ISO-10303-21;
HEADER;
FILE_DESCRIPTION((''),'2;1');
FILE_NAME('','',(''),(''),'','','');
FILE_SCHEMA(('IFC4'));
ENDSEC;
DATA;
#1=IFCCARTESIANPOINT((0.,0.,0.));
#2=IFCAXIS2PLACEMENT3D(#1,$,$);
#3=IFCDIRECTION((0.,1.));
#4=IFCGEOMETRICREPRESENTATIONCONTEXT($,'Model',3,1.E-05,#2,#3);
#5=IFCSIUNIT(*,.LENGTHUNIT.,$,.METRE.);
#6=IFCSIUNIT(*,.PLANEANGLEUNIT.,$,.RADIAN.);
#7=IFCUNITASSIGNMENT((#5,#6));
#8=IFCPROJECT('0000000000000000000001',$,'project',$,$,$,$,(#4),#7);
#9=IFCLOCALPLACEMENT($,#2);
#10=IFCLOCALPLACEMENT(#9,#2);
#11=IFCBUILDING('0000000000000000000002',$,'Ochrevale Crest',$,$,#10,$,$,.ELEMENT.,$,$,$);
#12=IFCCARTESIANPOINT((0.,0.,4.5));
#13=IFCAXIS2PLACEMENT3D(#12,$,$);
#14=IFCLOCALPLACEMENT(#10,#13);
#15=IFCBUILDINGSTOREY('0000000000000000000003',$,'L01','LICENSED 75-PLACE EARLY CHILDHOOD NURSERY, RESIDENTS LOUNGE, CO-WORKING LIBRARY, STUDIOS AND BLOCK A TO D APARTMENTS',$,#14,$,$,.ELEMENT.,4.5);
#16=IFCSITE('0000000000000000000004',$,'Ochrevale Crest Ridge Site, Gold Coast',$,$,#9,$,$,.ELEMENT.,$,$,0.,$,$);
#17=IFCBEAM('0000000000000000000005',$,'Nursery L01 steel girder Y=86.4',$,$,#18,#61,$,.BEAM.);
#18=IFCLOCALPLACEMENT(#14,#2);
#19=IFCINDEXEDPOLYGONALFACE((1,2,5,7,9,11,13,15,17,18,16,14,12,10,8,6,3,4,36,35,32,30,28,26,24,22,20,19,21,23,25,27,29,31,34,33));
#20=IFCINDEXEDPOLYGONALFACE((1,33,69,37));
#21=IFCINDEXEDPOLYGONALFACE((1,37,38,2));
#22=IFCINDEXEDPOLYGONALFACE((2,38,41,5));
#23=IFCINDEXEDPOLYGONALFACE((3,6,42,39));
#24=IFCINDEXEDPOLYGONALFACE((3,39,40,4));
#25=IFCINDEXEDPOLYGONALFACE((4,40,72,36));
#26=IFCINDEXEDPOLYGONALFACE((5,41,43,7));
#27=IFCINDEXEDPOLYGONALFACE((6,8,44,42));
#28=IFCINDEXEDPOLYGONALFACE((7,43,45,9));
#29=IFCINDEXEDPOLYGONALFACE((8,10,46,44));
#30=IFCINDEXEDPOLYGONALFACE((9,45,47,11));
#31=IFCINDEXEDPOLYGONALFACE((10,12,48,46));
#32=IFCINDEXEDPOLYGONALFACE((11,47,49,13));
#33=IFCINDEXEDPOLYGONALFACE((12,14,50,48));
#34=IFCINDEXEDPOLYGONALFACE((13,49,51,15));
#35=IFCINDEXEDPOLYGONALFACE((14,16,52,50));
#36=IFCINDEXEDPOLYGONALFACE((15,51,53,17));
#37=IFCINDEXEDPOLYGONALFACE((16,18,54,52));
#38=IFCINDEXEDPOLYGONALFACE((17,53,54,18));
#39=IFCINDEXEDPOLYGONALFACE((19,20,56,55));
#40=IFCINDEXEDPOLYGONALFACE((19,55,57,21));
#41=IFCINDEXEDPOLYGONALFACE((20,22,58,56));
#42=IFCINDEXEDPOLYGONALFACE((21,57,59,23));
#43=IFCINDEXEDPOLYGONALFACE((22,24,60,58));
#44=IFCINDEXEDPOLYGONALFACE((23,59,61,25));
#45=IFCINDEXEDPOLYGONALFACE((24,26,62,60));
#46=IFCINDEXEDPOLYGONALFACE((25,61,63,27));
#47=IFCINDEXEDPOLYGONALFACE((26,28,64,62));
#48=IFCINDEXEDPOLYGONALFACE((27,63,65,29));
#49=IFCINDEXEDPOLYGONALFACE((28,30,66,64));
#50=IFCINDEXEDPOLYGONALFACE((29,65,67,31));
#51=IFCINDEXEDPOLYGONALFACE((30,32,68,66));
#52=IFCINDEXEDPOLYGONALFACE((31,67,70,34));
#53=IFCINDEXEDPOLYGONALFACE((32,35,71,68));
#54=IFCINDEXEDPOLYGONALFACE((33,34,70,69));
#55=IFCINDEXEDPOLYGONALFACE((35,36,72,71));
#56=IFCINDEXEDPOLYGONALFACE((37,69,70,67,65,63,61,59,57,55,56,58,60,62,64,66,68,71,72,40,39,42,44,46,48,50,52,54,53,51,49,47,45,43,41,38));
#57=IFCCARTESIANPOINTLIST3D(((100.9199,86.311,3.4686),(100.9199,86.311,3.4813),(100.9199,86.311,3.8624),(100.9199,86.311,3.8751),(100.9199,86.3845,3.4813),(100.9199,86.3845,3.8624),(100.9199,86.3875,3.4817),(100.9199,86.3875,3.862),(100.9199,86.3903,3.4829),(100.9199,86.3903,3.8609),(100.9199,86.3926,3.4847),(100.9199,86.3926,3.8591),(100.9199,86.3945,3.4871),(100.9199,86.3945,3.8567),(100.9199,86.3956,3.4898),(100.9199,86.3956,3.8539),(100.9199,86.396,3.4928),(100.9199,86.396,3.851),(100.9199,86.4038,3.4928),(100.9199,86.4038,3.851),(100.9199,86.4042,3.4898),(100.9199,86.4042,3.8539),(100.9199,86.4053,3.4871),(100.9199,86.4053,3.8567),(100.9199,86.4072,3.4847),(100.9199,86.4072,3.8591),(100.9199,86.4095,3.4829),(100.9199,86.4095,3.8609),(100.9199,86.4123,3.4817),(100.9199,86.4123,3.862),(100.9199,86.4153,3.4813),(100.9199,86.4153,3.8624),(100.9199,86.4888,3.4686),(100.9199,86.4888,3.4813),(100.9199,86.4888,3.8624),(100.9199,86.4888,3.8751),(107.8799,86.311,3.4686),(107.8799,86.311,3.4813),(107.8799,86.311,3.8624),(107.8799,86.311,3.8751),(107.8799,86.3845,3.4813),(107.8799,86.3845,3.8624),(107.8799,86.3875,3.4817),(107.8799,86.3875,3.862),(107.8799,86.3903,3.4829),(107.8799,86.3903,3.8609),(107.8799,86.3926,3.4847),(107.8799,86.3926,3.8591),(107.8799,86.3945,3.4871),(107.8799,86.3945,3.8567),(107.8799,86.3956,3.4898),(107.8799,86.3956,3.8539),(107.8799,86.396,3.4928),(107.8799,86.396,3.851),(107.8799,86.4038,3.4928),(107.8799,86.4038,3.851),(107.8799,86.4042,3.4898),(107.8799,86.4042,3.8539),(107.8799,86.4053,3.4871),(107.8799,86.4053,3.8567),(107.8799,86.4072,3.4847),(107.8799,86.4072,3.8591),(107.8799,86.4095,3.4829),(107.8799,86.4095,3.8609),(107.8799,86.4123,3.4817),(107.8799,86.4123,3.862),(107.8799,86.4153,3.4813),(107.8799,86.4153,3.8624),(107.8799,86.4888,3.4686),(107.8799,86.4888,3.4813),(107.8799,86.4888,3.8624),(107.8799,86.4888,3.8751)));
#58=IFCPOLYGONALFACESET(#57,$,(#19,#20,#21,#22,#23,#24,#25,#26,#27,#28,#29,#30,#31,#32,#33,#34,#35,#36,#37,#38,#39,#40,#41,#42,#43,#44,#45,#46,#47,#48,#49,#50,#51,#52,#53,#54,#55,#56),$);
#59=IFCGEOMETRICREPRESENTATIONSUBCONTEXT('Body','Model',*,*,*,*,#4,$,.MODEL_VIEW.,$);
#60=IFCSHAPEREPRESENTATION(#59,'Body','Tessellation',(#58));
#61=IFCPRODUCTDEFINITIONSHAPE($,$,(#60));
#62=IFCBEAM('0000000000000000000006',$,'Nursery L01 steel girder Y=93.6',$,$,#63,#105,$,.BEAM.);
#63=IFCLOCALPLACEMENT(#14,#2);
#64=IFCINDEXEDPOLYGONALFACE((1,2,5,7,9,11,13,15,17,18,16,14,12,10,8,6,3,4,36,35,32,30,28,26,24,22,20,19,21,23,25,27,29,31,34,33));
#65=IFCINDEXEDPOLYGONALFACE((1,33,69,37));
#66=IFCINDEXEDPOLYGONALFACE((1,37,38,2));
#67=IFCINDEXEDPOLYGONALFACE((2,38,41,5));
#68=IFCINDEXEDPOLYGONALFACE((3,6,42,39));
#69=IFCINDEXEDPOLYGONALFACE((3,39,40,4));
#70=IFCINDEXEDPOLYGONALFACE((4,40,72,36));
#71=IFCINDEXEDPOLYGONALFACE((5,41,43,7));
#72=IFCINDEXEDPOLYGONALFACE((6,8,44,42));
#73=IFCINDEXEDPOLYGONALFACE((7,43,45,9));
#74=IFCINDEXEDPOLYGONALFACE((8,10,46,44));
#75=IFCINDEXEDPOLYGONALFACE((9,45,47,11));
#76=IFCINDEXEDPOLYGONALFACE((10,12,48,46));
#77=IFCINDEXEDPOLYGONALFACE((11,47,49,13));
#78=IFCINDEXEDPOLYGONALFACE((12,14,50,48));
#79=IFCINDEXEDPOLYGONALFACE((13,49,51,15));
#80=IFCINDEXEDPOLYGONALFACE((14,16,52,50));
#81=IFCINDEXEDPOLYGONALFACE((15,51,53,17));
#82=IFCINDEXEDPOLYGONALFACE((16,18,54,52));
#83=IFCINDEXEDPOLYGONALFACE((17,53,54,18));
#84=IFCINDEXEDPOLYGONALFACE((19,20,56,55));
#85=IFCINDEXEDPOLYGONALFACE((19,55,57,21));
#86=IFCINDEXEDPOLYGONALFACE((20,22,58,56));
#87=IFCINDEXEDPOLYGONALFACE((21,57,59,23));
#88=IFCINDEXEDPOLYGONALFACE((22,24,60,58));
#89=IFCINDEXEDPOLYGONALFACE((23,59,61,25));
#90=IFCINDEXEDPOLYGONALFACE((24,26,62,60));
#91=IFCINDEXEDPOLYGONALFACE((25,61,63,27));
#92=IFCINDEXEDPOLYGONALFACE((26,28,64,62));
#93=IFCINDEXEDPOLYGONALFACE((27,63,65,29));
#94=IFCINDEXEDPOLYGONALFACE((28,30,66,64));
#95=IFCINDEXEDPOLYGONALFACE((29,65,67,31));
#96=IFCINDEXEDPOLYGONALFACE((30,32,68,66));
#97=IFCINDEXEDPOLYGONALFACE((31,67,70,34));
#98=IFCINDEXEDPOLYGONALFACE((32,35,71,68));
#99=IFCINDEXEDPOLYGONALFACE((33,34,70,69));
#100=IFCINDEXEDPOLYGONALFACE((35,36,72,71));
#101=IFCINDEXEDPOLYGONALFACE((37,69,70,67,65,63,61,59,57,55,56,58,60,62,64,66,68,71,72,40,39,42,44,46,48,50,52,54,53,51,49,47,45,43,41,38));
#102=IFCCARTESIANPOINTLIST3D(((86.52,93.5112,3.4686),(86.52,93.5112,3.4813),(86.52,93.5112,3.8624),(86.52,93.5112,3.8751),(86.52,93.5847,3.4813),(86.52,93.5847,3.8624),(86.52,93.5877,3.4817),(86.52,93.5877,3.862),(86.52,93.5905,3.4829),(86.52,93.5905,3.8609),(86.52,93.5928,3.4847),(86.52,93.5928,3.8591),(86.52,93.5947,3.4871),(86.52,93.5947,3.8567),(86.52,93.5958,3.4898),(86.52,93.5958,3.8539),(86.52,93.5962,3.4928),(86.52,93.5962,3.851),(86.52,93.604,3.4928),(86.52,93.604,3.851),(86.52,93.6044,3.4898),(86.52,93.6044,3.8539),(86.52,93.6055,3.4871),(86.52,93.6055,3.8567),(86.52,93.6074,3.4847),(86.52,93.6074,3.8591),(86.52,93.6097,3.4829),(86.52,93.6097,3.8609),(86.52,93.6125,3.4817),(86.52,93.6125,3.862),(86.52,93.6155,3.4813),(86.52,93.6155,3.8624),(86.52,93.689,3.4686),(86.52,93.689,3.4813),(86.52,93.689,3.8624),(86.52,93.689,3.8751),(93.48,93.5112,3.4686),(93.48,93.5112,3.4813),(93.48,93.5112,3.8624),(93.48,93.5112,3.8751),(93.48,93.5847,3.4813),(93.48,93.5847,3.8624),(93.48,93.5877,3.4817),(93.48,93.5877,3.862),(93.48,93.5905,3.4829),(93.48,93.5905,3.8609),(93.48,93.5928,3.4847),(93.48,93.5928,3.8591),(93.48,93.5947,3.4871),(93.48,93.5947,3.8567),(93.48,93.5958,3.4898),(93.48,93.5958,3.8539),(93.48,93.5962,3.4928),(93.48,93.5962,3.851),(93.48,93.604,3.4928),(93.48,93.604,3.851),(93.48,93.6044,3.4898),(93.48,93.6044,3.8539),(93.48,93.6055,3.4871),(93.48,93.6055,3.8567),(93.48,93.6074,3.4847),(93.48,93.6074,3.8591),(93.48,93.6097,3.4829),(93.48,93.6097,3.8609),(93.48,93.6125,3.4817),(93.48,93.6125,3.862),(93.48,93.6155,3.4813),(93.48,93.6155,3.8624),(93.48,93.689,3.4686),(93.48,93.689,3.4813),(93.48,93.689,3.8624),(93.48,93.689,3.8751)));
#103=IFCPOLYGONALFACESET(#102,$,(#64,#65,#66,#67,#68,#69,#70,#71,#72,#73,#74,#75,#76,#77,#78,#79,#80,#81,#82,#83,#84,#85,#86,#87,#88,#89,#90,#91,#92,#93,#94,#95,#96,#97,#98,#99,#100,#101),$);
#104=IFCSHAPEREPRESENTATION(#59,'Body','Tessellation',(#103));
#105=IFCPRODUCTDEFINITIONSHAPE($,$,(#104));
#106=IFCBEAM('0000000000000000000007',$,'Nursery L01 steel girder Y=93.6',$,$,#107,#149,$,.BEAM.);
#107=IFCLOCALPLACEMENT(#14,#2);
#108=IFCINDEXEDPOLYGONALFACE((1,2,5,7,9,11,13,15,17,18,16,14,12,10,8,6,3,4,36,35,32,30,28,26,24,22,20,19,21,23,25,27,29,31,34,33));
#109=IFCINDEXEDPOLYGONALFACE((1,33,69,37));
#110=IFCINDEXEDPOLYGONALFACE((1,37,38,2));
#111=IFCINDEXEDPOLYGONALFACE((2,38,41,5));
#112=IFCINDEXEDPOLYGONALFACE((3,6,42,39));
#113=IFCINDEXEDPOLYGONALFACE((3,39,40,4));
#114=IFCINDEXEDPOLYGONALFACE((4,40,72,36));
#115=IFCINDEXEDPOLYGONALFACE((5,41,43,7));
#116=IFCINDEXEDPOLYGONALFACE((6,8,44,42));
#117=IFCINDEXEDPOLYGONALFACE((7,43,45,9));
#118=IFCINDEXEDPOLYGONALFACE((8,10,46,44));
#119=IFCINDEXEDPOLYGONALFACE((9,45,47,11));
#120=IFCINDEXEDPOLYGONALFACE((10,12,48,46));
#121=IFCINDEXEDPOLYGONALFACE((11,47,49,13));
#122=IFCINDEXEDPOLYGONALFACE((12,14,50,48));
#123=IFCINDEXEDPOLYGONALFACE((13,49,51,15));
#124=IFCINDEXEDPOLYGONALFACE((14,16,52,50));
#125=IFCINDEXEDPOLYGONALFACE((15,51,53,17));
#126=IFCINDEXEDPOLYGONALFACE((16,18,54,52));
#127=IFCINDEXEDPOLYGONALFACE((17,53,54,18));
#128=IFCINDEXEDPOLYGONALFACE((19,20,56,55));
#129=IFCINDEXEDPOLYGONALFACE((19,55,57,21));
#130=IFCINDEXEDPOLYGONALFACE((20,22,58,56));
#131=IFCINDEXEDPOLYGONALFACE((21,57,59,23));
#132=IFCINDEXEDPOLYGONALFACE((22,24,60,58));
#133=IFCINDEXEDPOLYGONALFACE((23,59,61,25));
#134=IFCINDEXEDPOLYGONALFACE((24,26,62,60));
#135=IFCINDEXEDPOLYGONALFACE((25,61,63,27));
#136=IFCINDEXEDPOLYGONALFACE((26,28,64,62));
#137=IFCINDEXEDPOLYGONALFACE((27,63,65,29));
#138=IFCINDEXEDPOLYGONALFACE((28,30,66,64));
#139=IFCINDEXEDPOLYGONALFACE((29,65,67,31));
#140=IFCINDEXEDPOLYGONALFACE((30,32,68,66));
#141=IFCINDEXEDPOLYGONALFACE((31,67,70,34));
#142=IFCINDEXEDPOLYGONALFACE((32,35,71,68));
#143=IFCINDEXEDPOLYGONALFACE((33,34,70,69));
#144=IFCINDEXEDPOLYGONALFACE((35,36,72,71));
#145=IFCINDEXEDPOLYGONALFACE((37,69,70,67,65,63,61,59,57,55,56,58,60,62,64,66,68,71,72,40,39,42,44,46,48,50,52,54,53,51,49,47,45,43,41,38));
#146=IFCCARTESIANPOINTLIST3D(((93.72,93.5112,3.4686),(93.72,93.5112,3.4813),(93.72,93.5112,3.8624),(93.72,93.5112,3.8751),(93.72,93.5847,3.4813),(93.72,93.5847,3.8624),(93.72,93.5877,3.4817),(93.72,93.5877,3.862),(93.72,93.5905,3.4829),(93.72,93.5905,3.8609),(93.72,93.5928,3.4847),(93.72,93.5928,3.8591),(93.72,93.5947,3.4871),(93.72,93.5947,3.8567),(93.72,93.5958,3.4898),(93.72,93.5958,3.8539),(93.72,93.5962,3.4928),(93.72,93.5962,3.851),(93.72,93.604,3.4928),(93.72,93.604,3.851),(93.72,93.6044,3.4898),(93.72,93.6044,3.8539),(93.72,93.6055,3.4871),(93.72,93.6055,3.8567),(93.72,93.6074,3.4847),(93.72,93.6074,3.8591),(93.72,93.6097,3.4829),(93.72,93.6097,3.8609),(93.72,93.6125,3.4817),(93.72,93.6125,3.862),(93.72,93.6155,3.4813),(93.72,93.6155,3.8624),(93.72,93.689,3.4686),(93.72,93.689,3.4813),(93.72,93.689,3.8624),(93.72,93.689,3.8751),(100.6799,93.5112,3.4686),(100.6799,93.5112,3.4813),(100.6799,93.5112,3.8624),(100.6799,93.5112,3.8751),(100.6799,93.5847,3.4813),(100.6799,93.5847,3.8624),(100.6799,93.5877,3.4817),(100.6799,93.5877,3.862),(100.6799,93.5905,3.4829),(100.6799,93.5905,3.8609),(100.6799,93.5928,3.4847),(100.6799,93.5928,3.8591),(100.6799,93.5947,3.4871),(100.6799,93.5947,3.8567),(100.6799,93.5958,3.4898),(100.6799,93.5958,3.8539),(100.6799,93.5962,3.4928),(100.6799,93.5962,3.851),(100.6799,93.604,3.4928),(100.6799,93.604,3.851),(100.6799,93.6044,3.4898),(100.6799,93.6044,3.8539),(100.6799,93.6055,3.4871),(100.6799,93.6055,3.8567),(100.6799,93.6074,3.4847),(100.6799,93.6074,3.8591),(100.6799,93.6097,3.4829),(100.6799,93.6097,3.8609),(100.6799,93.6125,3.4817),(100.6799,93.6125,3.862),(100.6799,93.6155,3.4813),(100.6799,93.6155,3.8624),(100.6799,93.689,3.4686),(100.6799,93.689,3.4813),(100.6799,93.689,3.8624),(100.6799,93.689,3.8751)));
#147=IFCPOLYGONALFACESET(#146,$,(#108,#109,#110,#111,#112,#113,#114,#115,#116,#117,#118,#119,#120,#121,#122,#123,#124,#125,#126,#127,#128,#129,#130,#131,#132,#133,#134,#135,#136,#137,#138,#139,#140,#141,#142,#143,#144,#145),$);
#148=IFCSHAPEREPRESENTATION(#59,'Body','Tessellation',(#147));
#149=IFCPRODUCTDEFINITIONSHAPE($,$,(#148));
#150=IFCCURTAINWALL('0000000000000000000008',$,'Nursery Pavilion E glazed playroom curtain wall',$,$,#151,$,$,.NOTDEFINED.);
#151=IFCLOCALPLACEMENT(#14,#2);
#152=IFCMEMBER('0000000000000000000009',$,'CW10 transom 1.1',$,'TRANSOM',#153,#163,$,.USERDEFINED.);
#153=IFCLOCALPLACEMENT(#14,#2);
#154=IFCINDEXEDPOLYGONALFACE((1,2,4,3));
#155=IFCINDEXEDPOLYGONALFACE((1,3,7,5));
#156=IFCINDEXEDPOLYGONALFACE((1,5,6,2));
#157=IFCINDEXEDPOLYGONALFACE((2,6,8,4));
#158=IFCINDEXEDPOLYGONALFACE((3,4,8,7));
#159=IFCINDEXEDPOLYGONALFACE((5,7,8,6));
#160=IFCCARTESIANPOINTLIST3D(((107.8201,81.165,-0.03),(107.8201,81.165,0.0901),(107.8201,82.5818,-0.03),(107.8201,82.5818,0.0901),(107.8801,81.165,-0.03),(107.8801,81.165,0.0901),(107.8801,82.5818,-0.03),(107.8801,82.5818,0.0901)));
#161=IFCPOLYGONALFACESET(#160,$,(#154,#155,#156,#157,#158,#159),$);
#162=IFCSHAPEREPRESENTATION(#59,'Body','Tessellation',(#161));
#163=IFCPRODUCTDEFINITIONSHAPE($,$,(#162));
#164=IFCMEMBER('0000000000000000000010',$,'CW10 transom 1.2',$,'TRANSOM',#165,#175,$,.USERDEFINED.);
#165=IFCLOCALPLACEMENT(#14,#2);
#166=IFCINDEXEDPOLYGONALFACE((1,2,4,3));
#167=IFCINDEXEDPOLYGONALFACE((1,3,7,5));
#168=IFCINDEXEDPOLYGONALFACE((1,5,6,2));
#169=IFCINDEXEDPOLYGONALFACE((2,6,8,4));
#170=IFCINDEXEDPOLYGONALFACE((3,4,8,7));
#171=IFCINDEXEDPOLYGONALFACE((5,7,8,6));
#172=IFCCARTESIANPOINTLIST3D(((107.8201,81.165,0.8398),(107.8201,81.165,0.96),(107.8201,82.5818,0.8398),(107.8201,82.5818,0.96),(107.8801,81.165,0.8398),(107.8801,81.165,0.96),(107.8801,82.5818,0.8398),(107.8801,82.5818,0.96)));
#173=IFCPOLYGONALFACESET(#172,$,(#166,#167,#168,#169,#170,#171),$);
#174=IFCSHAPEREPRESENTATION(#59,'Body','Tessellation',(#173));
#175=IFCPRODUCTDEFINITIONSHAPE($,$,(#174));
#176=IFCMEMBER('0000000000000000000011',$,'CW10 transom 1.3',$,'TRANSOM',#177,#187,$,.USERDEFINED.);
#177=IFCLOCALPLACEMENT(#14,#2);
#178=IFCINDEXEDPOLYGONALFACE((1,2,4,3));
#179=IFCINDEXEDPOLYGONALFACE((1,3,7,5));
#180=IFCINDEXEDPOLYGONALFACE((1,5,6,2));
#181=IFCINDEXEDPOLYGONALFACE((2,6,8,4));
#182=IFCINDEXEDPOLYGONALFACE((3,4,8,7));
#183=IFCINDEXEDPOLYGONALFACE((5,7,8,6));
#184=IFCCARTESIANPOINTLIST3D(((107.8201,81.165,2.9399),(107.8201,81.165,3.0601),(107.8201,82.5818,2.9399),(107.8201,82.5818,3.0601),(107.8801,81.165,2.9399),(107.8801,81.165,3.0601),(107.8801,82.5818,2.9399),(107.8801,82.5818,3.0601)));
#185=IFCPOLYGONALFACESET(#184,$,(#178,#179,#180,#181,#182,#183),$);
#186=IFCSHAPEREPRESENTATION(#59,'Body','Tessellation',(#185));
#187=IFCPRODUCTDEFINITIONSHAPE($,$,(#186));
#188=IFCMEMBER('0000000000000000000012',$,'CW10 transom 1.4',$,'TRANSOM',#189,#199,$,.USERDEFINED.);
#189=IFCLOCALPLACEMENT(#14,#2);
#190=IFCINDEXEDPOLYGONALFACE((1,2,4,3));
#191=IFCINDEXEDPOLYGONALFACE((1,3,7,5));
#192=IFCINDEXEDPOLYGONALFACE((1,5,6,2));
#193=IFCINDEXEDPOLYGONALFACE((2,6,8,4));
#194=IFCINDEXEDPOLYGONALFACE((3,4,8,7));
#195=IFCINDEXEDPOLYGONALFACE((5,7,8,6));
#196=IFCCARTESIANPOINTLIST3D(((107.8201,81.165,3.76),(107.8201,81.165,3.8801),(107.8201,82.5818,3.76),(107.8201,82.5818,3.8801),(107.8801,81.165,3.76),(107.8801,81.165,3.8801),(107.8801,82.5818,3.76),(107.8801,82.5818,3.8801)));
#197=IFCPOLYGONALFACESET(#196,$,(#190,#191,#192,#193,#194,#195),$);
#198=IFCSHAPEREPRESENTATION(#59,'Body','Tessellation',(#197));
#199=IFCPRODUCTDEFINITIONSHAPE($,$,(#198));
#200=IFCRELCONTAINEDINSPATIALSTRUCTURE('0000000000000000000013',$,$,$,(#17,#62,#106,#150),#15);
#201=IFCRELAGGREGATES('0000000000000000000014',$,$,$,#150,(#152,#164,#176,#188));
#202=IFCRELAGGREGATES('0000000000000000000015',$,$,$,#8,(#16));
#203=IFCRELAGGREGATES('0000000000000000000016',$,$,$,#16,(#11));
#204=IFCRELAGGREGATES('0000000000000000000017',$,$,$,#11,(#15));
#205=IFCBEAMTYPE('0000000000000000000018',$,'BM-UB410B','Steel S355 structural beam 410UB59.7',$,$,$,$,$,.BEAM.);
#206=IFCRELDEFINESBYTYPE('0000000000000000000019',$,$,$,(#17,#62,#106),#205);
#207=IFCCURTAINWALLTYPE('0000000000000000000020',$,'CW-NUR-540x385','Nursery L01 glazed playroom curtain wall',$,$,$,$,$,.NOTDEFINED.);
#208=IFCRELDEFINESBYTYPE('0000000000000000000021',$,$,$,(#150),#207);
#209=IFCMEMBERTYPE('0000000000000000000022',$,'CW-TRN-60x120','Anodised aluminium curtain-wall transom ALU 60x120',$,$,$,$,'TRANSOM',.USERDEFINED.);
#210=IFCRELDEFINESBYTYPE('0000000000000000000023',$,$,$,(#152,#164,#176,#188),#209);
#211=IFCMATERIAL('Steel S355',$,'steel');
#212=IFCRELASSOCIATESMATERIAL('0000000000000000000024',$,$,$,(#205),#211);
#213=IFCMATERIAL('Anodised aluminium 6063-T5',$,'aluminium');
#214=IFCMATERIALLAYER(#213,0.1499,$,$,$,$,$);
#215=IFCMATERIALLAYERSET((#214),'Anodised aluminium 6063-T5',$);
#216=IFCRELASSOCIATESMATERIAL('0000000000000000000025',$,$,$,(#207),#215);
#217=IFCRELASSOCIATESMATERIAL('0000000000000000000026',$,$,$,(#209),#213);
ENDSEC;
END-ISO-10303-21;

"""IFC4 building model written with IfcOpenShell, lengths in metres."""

from ifc_helpers import new_model, si_unit, direction, frame, origin, origin_2d, place, context, subcontext, project, spatial, rectangle, i_section, extrude, material, layer, layer_set, material_profile, profile_set, type_object, element, aggregate, save


model = new_model("IFC4")

# Units and contexts
model_context = context("Model", 3, precision=1e-05, world=origin(), true_north=direction((0.0, 1.0)))
body_context = subcontext(model_context, "Body", "Model", "MODEL_VIEW")
ifc_project = project(units=[si_unit("LENGTHUNIT", "METRE"), si_unit("PLANEANGLEUNIT", "RADIAN")], contexts=[model_context])

# Site, building, storey
site_placement = place(None, origin())
site = spatial("IfcSite", under=ifc_project, at=site_placement, Name="Ochrevale Crest Ridge Site, Gold Coast", CompositionType="ELEMENT", RefElevation=0.0)
building_placement = place(site_placement, origin())
building = spatial("IfcBuilding", under=site, at=building_placement, Name="Ochrevale Crest", CompositionType="ELEMENT")
storey_placement = place(building_placement, frame((0.0, 0.0, 4.5)))
storey = spatial("IfcBuildingStorey", under=building, at=storey_placement, Name="L01", Description="LICENSED 75-PLACE EARLY CHILDHOOD NURSERY, RESIDENTS LOUNGE, CO-WORKING LIBRARY, STUDIOS AND BLOCK A TO D APARTMENTS", CompositionType="ELEMENT", Elevation=4.5)

# Shared definitions
ifc_material_1 = material(Name="Steel S355", Category="steel")

# Beams
ifc_material_profile_1 = material_profile(ifc_material_1, i_section(OverallWidth=0.1777, OverallDepth=0.4065, WebThickness=0.0078, FlangeThickness=0.0127, FilletRadius=0.0115, at=origin_2d()), Name="410UB59.7")
ifc_profile_set_1 = profile_set([ifc_material_profile_1], Name="Steel S355")
beam_type_1 = type_object("IfcBeamType", Name="BM-UB410B", Description="Steel S355 structural beam 410UB59.7", PredefinedType="BEAM", material=ifc_profile_set_1)
for number, where, z_axis, x_axis, name in (
    (1, (100.9199, 86.3999, 3.6719), (1.0, 0.0, 0.0), (0.0, 1.0, 0.0), "Nursery L01 steel girder Y=86.4"),
    (2, (86.52, 93.6001, 3.6719), (1.0, 0.0, 0.0), (0.0, 1.0, 0.0), "Nursery L01 steel girder Y=93.6"),
    (3, (93.72, 93.6001, 3.6719), (1.0, 0.0, 0.0), (0.0, 1.0, 0.0), "Nursery L01 steel girder Y=93.6"),
):
    element("IfcBeam", number, at=place(storey_placement, frame(where, z_axis=z_axis, x_axis=x_axis)), inside=storey, type_object=beam_type_1, Name=name, PredefinedType="BEAM", context=body_context, shape_type="SweptSolid", body=[
        extrude(i_section(OverallWidth=0.1777, OverallDepth=0.4065, WebThickness=0.0078, FlangeThickness=0.0127, FilletRadius=0.0115, at=origin_2d()), origin(), (0.0, 0.0, 1.0), 6.96),
    ])

# Curtain wall, members
ifc_material_2 = material(Name="Anodised aluminium 6063-T5", Category="aluminium")
ifc_layer_1 = layer(ifc_material_2, 0.1499)
ifc_layer_set_1 = layer_set([ifc_layer_1], Name="Anodised aluminium 6063-T5")
curtain_wall_type = type_object("IfcCurtainWallType", Name="CW-NUR-540x385", Description="Nursery L01 glazed playroom curtain wall", PredefinedType="NOTDEFINED", material=ifc_layer_set_1)
curtain_wall_placement = place(storey_placement, origin())
curtain_wall = element("IfcCurtainWall", 4, at=curtain_wall_placement, inside=storey, type_object=curtain_wall_type, Name="Nursery Pavilion E glazed playroom curtain wall", PredefinedType="NOTDEFINED")
ifc_material_profile_2 = material_profile(ifc_material_2, rectangle(XDim=0.0601, YDim=0.1201, at=origin_2d()), Name="ALU 60x120")
ifc_profile_set_2 = profile_set([ifc_material_profile_2], Name="Anodised aluminium 6063-T5")
member_type = type_object("IfcMemberType", Name="CW-TRN-60x120", Description="Anodised aluminium curtain-wall transom ALU 60x120", ElementType="TRANSOM", PredefinedType="USERDEFINED", material=ifc_profile_set_2)
member_1_placement = place(storey_placement, frame((107.8501, 81.165, 0.03), z_axis=(0.0, 1.0, 0.0), x_axis=(-1.0, 0.0, 0.0)))
member_1 = element("IfcMember", 5, at=member_1_placement, type_object=member_type, Name="CW10 transom 1.1", ObjectType="TRANSOM", PredefinedType="USERDEFINED", context=body_context, shape_type="SweptSolid", body=[
    extrude(rectangle(XDim=0.0601, YDim=0.1201, at=origin_2d()), origin(), (0.0, 0.0, 1.0), 1.4167),
])
member_2_placement = place(storey_placement, frame((107.8501, 81.165, 0.8999), z_axis=(0.0, 1.0, 0.0), x_axis=(-1.0, 0.0, 0.0)))
member_2 = element("IfcMember", 6, at=member_2_placement, type_object=member_type, Name="CW10 transom 1.2", ObjectType="TRANSOM", PredefinedType="USERDEFINED", context=body_context, shape_type="SweptSolid", body=[
    extrude(rectangle(XDim=0.0601, YDim=0.1201, at=origin_2d()), origin(), (0.0, 0.0, 1.0), 1.4167),
])
member_3_placement = place(storey_placement, frame((107.8501, 81.165, 3.0), z_axis=(0.0, 1.0, 0.0), x_axis=(-1.0, 0.0, 0.0)))
member_3 = element("IfcMember", 7, at=member_3_placement, type_object=member_type, Name="CW10 transom 1.3", ObjectType="TRANSOM", PredefinedType="USERDEFINED", context=body_context, shape_type="SweptSolid", body=[
    extrude(rectangle(XDim=0.0601, YDim=0.1201, at=origin_2d()), origin(), (0.0, 0.0, 1.0), 1.4167),
])
member_4_placement = place(storey_placement, frame((107.8501, 81.165, 3.8201), z_axis=(0.0, 1.0, 0.0), x_axis=(-1.0, 0.0, 0.0)))
member_4 = element("IfcMember", 8, at=member_4_placement, type_object=member_type, Name="CW10 transom 1.4", ObjectType="TRANSOM", PredefinedType="USERDEFINED", context=body_context, shape_type="SweptSolid", body=[
    extrude(rectangle(XDim=0.0601, YDim=0.1201, at=origin_2d()), origin(), (0.0, 0.0, 1.0), 1.4167),
])
aggregate(curtain_wall, [member_1, member_2, member_3, member_4])

save(model, "model.ifc")
